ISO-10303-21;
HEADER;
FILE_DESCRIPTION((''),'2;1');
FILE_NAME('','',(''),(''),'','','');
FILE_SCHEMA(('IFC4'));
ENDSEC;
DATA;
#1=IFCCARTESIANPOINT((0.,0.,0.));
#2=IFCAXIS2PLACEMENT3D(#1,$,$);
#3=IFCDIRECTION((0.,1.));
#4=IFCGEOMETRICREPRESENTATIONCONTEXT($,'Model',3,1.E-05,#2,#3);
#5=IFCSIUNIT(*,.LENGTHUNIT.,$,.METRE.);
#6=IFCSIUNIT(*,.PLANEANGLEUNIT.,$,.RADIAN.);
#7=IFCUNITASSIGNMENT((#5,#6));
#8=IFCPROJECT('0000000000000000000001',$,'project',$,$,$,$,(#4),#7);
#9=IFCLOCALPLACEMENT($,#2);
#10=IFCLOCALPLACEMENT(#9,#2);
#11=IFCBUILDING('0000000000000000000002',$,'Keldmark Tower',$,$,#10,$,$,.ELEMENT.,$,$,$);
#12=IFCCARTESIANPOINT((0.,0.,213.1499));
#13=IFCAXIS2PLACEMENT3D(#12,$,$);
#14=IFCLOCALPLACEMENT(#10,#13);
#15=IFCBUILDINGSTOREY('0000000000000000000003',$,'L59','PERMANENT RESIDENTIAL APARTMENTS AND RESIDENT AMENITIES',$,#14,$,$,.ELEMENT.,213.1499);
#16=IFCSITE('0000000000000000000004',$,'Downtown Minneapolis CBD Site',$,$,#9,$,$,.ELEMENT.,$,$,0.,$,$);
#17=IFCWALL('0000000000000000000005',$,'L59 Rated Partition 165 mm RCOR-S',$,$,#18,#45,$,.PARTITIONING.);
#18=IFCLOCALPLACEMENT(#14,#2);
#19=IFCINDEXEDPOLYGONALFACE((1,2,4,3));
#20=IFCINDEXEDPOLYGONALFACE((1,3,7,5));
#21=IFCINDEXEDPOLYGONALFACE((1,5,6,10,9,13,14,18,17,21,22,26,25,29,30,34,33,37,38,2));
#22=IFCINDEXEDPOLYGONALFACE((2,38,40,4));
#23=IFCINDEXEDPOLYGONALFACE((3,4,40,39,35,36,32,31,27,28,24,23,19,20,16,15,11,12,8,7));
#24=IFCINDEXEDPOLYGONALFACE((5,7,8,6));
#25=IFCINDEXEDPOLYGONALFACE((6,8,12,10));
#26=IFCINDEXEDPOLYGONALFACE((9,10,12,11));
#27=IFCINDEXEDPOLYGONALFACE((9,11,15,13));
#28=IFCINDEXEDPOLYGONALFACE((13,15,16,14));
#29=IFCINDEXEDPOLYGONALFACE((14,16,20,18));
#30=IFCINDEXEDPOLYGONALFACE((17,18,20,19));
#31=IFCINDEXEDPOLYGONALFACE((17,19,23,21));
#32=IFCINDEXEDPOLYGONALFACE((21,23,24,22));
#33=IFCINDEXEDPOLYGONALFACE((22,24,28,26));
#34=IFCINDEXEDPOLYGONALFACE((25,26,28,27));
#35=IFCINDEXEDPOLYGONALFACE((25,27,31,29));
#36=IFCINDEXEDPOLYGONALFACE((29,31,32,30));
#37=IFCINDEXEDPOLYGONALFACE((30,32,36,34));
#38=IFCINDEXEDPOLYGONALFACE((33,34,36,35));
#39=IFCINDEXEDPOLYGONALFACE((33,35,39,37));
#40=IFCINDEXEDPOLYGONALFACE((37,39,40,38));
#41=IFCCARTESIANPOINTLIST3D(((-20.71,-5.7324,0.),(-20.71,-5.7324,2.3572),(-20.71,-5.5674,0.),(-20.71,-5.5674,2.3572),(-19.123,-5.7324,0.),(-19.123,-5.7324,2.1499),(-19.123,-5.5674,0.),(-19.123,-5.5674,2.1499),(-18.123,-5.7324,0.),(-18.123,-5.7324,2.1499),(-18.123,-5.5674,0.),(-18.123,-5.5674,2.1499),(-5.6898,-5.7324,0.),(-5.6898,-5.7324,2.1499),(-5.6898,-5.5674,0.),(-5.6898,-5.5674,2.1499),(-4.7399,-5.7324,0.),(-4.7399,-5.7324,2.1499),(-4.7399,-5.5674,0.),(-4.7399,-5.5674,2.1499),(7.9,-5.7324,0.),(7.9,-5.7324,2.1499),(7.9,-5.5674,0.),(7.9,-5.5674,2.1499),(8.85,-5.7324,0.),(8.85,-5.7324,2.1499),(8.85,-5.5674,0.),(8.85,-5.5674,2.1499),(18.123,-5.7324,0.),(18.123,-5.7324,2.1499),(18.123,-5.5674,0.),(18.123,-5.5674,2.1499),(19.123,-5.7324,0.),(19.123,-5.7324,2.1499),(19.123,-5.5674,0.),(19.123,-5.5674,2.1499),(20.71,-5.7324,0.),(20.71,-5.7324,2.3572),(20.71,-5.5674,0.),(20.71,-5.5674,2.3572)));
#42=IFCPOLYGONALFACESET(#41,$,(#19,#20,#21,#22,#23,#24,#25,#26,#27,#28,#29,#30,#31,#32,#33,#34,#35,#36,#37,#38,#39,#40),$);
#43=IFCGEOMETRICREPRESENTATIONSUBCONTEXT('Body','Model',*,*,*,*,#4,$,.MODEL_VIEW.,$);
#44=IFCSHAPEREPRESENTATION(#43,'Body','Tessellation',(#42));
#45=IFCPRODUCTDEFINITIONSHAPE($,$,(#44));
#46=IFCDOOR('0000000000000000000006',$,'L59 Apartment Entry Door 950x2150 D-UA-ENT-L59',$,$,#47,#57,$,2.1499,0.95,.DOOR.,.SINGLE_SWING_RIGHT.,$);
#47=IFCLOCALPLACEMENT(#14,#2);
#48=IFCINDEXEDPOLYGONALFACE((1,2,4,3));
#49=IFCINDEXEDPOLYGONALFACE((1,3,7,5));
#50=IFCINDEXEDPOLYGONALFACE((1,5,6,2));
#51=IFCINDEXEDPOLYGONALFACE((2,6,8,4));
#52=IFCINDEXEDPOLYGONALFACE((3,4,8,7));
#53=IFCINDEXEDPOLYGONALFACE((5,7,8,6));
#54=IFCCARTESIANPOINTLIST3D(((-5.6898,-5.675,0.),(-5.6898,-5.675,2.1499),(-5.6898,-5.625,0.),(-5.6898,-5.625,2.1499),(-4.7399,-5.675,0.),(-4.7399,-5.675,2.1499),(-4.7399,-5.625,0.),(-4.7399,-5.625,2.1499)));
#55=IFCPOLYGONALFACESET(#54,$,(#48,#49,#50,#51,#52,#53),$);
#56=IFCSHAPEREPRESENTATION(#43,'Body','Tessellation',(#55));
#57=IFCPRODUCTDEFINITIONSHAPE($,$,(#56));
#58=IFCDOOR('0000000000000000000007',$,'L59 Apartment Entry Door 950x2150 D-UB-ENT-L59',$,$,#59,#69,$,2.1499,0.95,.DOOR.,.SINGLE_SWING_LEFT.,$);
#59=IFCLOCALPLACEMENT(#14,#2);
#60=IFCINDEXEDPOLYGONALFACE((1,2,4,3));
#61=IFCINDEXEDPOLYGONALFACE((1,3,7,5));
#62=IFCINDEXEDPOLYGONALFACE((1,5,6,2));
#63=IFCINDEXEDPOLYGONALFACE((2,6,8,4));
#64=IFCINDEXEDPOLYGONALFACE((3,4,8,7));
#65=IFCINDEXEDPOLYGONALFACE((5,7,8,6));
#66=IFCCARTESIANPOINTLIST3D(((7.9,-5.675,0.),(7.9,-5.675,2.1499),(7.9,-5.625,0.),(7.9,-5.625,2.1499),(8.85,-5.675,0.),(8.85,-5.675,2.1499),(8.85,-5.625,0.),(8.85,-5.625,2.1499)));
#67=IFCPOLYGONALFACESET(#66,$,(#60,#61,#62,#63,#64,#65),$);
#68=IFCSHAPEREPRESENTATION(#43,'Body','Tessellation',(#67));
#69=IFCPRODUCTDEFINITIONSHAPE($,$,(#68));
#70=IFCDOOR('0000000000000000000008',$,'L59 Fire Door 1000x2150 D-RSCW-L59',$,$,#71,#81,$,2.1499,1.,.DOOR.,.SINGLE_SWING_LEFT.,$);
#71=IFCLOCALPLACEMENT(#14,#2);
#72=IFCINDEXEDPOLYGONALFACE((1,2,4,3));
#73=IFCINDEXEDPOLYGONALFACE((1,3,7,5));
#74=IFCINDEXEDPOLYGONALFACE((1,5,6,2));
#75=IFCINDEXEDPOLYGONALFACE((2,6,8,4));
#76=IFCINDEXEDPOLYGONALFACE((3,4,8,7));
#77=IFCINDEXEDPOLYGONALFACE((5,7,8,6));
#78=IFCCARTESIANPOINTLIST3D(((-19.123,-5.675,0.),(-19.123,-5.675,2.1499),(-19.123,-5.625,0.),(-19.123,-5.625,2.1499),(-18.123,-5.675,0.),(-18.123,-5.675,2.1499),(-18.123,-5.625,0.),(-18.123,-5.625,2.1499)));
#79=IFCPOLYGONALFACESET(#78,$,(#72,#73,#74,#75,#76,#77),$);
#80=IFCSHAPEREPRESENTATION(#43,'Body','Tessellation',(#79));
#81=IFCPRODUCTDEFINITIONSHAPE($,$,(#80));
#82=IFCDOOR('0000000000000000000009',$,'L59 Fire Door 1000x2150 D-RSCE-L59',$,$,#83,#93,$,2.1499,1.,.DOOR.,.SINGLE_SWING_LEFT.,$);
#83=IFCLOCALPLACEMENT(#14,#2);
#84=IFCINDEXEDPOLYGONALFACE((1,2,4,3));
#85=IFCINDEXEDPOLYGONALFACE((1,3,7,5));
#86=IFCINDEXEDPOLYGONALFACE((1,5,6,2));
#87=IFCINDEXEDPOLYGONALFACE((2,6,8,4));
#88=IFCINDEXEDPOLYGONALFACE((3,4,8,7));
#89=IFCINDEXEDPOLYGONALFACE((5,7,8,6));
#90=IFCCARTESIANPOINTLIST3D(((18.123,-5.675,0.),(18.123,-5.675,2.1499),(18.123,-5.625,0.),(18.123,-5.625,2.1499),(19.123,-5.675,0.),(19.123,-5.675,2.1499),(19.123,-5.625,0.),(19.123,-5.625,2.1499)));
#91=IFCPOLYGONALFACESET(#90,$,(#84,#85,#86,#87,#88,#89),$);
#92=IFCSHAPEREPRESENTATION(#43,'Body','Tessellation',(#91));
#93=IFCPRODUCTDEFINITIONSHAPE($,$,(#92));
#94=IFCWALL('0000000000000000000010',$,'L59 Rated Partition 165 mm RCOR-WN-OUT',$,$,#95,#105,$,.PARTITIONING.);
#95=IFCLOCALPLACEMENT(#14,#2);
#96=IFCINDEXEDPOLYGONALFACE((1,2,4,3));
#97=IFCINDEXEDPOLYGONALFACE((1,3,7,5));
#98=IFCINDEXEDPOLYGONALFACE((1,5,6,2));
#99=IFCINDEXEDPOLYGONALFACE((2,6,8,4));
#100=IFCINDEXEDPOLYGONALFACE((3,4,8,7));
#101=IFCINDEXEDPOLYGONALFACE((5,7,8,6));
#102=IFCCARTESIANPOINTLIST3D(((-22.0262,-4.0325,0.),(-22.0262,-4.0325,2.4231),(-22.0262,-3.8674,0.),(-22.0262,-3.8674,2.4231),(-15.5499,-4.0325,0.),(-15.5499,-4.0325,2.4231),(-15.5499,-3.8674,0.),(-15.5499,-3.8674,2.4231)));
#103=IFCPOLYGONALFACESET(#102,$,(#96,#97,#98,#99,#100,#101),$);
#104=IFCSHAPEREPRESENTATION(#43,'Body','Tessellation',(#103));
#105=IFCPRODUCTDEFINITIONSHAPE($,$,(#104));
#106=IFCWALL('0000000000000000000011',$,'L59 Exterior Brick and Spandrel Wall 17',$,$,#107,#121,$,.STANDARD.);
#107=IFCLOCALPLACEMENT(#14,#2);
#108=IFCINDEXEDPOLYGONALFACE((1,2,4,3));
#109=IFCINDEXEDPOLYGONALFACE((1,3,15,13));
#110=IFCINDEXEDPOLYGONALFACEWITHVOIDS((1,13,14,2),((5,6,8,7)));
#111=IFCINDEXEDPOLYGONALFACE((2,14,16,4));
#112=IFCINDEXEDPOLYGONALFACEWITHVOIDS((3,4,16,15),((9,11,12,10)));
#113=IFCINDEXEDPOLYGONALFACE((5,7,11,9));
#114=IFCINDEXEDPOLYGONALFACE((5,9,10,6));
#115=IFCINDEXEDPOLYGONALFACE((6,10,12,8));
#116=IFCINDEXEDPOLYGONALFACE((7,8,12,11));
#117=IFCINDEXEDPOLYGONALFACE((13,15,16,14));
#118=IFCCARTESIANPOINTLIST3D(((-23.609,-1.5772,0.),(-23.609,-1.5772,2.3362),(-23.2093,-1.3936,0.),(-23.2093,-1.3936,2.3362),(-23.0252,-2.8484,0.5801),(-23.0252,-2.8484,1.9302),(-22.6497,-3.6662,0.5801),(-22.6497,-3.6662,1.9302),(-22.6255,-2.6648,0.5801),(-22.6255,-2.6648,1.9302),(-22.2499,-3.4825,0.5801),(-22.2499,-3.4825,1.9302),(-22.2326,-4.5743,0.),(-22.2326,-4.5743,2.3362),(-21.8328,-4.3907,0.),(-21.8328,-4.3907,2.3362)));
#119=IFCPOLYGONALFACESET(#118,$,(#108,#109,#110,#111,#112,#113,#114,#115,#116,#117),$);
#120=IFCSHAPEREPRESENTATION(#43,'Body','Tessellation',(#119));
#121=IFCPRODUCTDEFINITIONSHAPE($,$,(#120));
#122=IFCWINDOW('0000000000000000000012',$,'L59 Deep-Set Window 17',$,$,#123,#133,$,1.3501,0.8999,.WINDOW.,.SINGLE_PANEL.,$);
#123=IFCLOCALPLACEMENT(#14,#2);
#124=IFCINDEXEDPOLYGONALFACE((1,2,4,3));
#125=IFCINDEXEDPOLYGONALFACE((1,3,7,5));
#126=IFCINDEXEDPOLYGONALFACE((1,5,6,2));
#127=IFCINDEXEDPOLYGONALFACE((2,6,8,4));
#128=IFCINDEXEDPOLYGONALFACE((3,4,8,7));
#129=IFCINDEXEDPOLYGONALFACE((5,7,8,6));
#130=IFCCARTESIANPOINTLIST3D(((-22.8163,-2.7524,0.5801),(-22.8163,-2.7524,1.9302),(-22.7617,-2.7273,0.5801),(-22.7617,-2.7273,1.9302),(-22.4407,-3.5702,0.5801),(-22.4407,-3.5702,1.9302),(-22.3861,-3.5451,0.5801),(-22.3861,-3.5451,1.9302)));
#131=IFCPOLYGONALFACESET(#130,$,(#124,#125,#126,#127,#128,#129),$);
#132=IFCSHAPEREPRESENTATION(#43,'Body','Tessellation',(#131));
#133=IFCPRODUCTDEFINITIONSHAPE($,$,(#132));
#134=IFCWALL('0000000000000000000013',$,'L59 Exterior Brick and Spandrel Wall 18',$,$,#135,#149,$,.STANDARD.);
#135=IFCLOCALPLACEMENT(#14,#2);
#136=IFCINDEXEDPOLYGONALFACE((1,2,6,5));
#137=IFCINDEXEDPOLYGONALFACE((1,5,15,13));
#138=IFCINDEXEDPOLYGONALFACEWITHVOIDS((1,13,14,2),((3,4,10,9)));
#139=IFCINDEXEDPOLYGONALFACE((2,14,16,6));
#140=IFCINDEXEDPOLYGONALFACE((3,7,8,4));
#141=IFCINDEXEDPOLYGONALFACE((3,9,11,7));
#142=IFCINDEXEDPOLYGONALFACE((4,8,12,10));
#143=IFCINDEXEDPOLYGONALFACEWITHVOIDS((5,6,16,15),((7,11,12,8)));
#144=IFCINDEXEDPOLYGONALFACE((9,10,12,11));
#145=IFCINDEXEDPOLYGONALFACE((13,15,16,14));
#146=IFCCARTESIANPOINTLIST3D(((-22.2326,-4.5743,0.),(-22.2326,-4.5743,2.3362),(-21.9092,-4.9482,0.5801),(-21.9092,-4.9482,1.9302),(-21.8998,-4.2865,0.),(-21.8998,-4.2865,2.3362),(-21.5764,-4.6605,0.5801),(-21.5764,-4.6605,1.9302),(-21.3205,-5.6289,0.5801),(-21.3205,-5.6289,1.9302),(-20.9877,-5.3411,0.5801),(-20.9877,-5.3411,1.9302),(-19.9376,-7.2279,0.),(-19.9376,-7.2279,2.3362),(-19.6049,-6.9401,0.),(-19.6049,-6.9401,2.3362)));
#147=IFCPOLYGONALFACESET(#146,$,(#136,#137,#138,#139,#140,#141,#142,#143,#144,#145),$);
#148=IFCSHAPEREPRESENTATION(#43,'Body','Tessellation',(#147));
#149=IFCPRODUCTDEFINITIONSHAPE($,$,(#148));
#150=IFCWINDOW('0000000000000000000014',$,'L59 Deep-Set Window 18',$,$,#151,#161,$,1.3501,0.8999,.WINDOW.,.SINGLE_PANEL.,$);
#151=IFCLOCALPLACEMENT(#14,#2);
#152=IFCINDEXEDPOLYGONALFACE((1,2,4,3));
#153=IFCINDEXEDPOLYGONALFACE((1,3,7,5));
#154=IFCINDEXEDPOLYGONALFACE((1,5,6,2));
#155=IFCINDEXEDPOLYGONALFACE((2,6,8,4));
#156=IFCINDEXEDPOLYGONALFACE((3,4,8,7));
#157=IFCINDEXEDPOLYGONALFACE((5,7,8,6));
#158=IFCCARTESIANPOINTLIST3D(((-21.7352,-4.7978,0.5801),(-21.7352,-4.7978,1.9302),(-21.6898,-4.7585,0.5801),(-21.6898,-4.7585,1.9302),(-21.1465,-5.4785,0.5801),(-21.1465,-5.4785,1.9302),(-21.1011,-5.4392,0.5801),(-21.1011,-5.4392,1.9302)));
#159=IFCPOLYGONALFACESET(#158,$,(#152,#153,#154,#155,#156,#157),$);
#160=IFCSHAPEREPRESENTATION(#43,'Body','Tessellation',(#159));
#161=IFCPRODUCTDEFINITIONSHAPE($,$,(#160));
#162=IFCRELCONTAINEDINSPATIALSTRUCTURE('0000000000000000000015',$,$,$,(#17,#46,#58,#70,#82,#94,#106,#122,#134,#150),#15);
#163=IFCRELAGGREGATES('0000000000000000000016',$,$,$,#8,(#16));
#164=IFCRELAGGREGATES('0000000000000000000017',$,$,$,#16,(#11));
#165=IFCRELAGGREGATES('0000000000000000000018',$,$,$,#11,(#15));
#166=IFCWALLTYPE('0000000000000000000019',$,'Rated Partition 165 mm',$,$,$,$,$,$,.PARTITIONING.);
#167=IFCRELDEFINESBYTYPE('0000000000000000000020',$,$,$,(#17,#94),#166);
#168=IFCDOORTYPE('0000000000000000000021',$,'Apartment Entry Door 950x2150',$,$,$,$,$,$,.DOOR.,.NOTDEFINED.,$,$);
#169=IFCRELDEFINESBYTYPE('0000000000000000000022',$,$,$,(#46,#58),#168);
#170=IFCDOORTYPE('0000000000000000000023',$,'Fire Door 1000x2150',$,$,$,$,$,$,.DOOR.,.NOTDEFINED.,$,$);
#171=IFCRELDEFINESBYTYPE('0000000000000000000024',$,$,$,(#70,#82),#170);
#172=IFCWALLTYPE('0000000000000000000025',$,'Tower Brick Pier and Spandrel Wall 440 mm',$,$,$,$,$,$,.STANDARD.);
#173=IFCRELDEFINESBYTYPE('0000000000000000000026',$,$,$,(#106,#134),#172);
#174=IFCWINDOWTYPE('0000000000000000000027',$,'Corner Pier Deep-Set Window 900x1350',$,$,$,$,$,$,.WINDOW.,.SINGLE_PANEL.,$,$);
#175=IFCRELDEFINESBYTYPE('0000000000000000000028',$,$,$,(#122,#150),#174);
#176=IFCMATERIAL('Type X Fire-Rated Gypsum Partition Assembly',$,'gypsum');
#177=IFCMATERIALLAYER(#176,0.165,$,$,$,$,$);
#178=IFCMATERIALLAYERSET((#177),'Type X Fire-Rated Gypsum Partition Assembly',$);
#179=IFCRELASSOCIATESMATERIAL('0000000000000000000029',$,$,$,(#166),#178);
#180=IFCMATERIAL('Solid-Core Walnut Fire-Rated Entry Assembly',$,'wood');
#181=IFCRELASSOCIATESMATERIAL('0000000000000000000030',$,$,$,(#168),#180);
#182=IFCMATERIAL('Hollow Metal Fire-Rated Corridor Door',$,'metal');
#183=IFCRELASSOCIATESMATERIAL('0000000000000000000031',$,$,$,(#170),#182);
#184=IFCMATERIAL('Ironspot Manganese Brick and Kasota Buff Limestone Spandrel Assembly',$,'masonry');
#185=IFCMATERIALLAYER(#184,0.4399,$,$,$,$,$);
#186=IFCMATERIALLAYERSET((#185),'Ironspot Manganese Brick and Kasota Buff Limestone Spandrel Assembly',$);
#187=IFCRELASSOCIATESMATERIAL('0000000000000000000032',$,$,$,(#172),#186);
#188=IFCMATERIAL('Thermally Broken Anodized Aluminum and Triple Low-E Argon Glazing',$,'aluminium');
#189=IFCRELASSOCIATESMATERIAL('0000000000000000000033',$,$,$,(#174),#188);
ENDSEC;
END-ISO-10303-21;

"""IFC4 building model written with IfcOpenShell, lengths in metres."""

from ifc_helpers import new_model, si_unit, direction, frame, frame_2d, origin, place, context, subcontext, project, spatial, rectangle, extrude, material, layer, layer_set, type_object, element, fill, save


model = new_model("IFC4")

# Units and contexts
model_context = context("Model", 3, precision=1e-05, world=origin(), true_north=direction((0.0, 1.0)))
body_context = subcontext(model_context, "Body", "Model", "MODEL_VIEW")
ifc_project = project(units=[si_unit("LENGTHUNIT", "METRE"), si_unit("PLANEANGLEUNIT", "RADIAN")], contexts=[model_context])

# Site, building, storey
site_placement = place(None, origin())
site = spatial("IfcSite", under=ifc_project, at=site_placement, Name="Downtown Minneapolis CBD Site", CompositionType="ELEMENT", RefElevation=0.0)
building_placement = place(site_placement, origin())
building = spatial("IfcBuilding", under=site, at=building_placement, Name="Keldmark Tower", CompositionType="ELEMENT")
storey_placement = place(building_placement, frame((0.0, 0.0, 213.1499)))
storey = spatial("IfcBuildingStorey", under=building, at=storey_placement, Name="L59", Description="PERMANENT RESIDENTIAL APARTMENTS AND RESIDENT AMENITIES", CompositionType="ELEMENT", Elevation=213.1499)

# Wall, openings, doors
ifc_material_1 = material(Name="Type X Fire-Rated Gypsum Partition Assembly", Category="gypsum")
ifc_layer_1 = layer(ifc_material_1, 0.165)
ifc_layer_set_1 = layer_set([ifc_layer_1], Name="Type X Fire-Rated Gypsum Partition Assembly")
wall_type_1 = type_object("IfcWallType", Name="Rated Partition 165 mm", PredefinedType="PARTITIONING", material=ifc_layer_set_1)
wall_1_placement = place(storey_placement, frame((-20.71, -5.6499, 0.0), z_axis=(0.0, 0.0, 1.0), x_axis=(1.0, 0.0, 0.0)))
wall_1 = element("IfcWall", 1, at=wall_1_placement, inside=storey, type_object=wall_type_1, Name="L59 Rated Partition 165 mm RCOR-S", PredefinedType="PARTITIONING", context=body_context, shape_type="SweptSolid", body=[
    extrude(rectangle(XDim=41.4199, YDim=0.165, at=frame_2d((20.71, 0.0))), origin(), (0.0, 0.0, 1.0), 2.3572),
])
opening_1_placement = place(wall_1_placement, frame((1.5869, 0.0, 0.0)))
opening_1 = element("IfcOpeningElement", 2, at=opening_1_placement, cuts=wall_1, PredefinedType="OPENING", context=body_context, shape_type="SweptSolid", body=[
    extrude(rectangle(XDim=1.0, YDim=2.1499, at=frame_2d((0.5, 1.075))), frame((0.0, 0.0925, 0.0), z_axis=(0.0, -1.0, 0.0), x_axis=(1.0, 0.0, 0.0)), (0.0, 0.0, 1.0), 0.1851),
])
opening_2_placement = place(wall_1_placement, frame((38.833, 0.0, 0.0)))
opening_2 = element("IfcOpeningElement", 3, at=opening_2_placement, cuts=wall_1, PredefinedType="OPENING", context=body_context, shape_type="SweptSolid", body=[
    extrude(rectangle(XDim=1.0, YDim=2.1499, at=frame_2d((0.5, 1.075))), frame((0.0, 0.0925, 0.0), z_axis=(0.0, -1.0, 0.0), x_axis=(1.0, 0.0, 0.0)), (0.0, 0.0, 1.0), 0.1851),
])
opening_3_placement = place(wall_1_placement, frame((15.02, 0.0, 0.0)))
opening_3 = element("IfcOpeningElement", 4, at=opening_3_placement, cuts=wall_1, PredefinedType="OPENING", context=body_context, shape_type="SweptSolid", body=[
    extrude(rectangle(XDim=0.95, YDim=2.1499, at=frame_2d((0.4751, 1.075))), frame((0.0, 0.0925, 0.0), z_axis=(0.0, -1.0, 0.0), x_axis=(1.0, 0.0, 0.0)), (0.0, 0.0, 1.0), 0.1851),
])
opening_4_placement = place(wall_1_placement, frame((28.6099, 0.0, 0.0)))
opening_4 = element("IfcOpeningElement", 5, at=opening_4_placement, cuts=wall_1, PredefinedType="OPENING", context=body_context, shape_type="SweptSolid", body=[
    extrude(rectangle(XDim=0.95, YDim=2.1499, at=frame_2d((0.4751, 1.075))), frame((0.0, 0.0925, 0.0), z_axis=(0.0, -1.0, 0.0), x_axis=(1.0, 0.0, 0.0)), (0.0, 0.0, 1.0), 0.1851),
])
ifc_material_2 = material(Name="Solid-Core Walnut Fire-Rated Entry Assembly", Category="wood")
door_type_1 = type_object("IfcDoorType", Name="Apartment Entry Door 950x2150", OperationType="NOTDEFINED", PredefinedType="DOOR", material=ifc_material_2)
door_1_placement = place(opening_3_placement, origin())
door_1 = element("IfcDoor", 6, at=door_1_placement, inside=storey, type_object=door_type_1, Name="L59 Apartment Entry Door 950x2150 D-UA-ENT-L59", OperationType="SINGLE_SWING_RIGHT", OverallHeight=2.1499, OverallWidth=0.95, PredefinedType="DOOR", context=body_context, shape_type="SweptSolid", body=[
    extrude(rectangle(XDim=0.95, YDim=2.1499, at=frame_2d((0.4751, 1.075))), frame((0.0, 0.0249, 0.0), z_axis=(0.0, -1.0, 0.0), x_axis=(1.0, 0.0, 0.0)), (0.0, 0.0, 1.0), 0.05),
])
fill(opening_3, door_1)
door_2_placement = place(opening_4_placement, origin())
door_2 = element("IfcDoor", 7, at=door_2_placement, inside=storey, type_object=door_type_1, Name="L59 Apartment Entry Door 950x2150 D-UB-ENT-L59", OperationType="SINGLE_SWING_LEFT", OverallHeight=2.1499, OverallWidth=0.95, PredefinedType="DOOR", context=body_context, shape_type="SweptSolid", body=[
    extrude(rectangle(XDim=0.95, YDim=2.1499, at=frame_2d((0.4751, 1.075))), frame((0.0, 0.0249, 0.0), z_axis=(0.0, -1.0, 0.0), x_axis=(1.0, 0.0, 0.0)), (0.0, 0.0, 1.0), 0.05),
])
fill(opening_4, door_2)
ifc_material_3 = material(Name="Hollow Metal Fire-Rated Corridor Door", Category="metal")
door_type_2 = type_object("IfcDoorType", Name="Fire Door 1000x2150", OperationType="NOTDEFINED", PredefinedType="DOOR", material=ifc_material_3)
door_3_placement = place(opening_1_placement, origin())
door_3 = element("IfcDoor", 8, at=door_3_placement, inside=storey, type_object=door_type_2, Name="L59 Fire Door 1000x2150 D-RSCW-L59", OperationType="SINGLE_SWING_LEFT", OverallHeight=2.1499, OverallWidth=1.0, PredefinedType="DOOR", context=body_context, shape_type="SweptSolid", body=[
    extrude(rectangle(XDim=1.0, YDim=2.1499, at=frame_2d((0.5, 1.075))), frame((0.0, 0.0249, 0.0), z_axis=(0.0, -1.0, 0.0), x_axis=(1.0, 0.0, 0.0)), (0.0, 0.0, 1.0), 0.05),
])
fill(opening_1, door_3)
door_4_placement = place(opening_2_placement, origin())
door_4 = element("IfcDoor", 9, at=door_4_placement, inside=storey, type_object=door_type_2, Name="L59 Fire Door 1000x2150 D-RSCE-L59", OperationType="SINGLE_SWING_LEFT", OverallHeight=2.1499, OverallWidth=1.0, PredefinedType="DOOR", context=body_context, shape_type="SweptSolid", body=[
    extrude(rectangle(XDim=1.0, YDim=2.1499, at=frame_2d((0.5, 1.075))), frame((0.0, 0.0249, 0.0), z_axis=(0.0, -1.0, 0.0), x_axis=(1.0, 0.0, 0.0)), (0.0, 0.0, 1.0), 0.05),
])
fill(opening_2, door_4)

# Wall
wall_2_placement = place(storey_placement, frame((-22.0264, -3.95, 0.0), z_axis=(0.0, 0.0, 1.0), x_axis=(1.0, 0.0, 0.0)))
element("IfcWall", 10, at=wall_2_placement, inside=storey, type_object=wall_type_1, Name="L59 Rated Partition 165 mm RCOR-WN-OUT", PredefinedType="PARTITIONING", context=body_context, shape_type="SweptSolid", body=[
    extrude(rectangle(XDim=6.4763, YDim=0.165, at=frame_2d((3.2383, 0.0))), origin(), (0.0, 0.0, 1.0), 2.4231),
])

# Walls, openings, windows
ifc_material_4 = material(Name="Ironspot Manganese Brick and Kasota Buff Limestone Spandrel Assembly", Category="masonry")
ifc_layer_2 = layer(ifc_material_4, 0.4399)
ifc_layer_set_2 = layer_set([ifc_layer_2], Name="Ironspot Manganese Brick and Kasota Buff Limestone Spandrel Assembly")
wall_type_2 = type_object("IfcWallType", Name="Tower Brick Pier and Spandrel Wall 440 mm", PredefinedType="STANDARD", material=ifc_layer_set_2)
wall_3_placement = place(storey_placement, frame((-22.0327, -4.4824, 0.0), z_axis=(0.0, 0.0, 1.0), x_axis=(-0.417358, 0.908742, 0.0)))
wall_3 = element("IfcWall", 11, at=wall_3_placement, inside=storey, type_object=wall_type_2, Name="L59 Exterior Brick and Spandrel Wall 17", PredefinedType="STANDARD", context=body_context, shape_type="SweptSolid", body=[
    extrude(rectangle(XDim=3.2981, YDim=0.4399, at=frame_2d((1.6489, 0.0))), origin(), (0.0, 0.0, 1.0), 2.3362),
])
opening_5_placement = place(wall_3_placement, frame((0.9993, 0.0, 0.5801)))
opening_5 = element("IfcOpeningElement", 12, at=opening_5_placement, cuts=wall_3, PredefinedType="OPENING", context=body_context, shape_type="SweptSolid", body=[
    extrude(rectangle(XDim=0.8999, YDim=1.3501, at=frame_2d((0.45, 0.675))), frame((0.0, 0.23, 0.0), z_axis=(0.0, -1.0, 0.0), x_axis=(1.0, 0.0, 0.0)), (0.0, 0.0, 1.0), 0.46),
])
ifc_material_5 = material(Name="Thermally Broken Anodized Aluminum and Triple Low-E Argon Glazing", Category="aluminium")
window_type = type_object("IfcWindowType", Name="Corner Pier Deep-Set Window 900x1350", PartitioningType="SINGLE_PANEL", PredefinedType="WINDOW", material=ifc_material_5)
window_1_placement = place(opening_5_placement, origin())
window_1 = element("IfcWindow", 13, at=window_1_placement, inside=storey, type_object=window_type, Name="L59 Deep-Set Window 17", OverallHeight=1.3501, OverallWidth=0.8999, PartitioningType="SINGLE_PANEL", PredefinedType="WINDOW", context=body_context, shape_type="SweptSolid", body=[
    extrude(rectangle(XDim=0.8999, YDim=1.3501, at=frame_2d((0.45, 0.675))), frame((0.0, -0.01, 0.0), z_axis=(0.0, -1.0, 0.0), x_axis=(1.0, 0.0, 0.0)), (0.0, 0.0, 1.0), 0.0601),
])
fill(opening_5, window_1)
wall_4_placement = place(storey_placement, frame((-19.7712, -7.084, 0.0), z_axis=(0.0, 0.0, 1.0), x_axis=(-0.654143, 0.756371, 0.0)))
wall_4 = element("IfcWall", 14, at=wall_4_placement, inside=storey, type_object=wall_type_2, Name="L59 Exterior Brick and Spandrel Wall 18", PredefinedType="STANDARD", context=body_context, shape_type="SweptSolid", body=[
    extrude(rectangle(XDim=3.5083, YDim=0.4399, at=frame_2d((1.7542, 0.0))), origin(), (0.0, 0.0, 1.0), 2.3362),
])
opening_6_placement = place(wall_4_placement, frame((2.114, 0.0, 0.5801)))
opening_6 = element("IfcOpeningElement", 15, at=opening_6_placement, cuts=wall_4, PredefinedType="OPENING", context=body_context, shape_type="SweptSolid", body=[
    extrude(rectangle(XDim=0.8999, YDim=1.3501, at=frame_2d((0.45, 0.675))), frame((0.0, 0.23, 0.0), z_axis=(0.0, -1.0, 0.0), x_axis=(1.0, 0.0, 0.0)), (0.0, 0.0, 1.0), 0.46),
])
window_2_placement = place(opening_6_placement, origin())
window_2 = element("IfcWindow", 16, at=window_2_placement, inside=storey, type_object=window_type, Name="L59 Deep-Set Window 18", OverallHeight=1.3501, OverallWidth=0.8999, PartitioningType="SINGLE_PANEL", PredefinedType="WINDOW", context=body_context, shape_type="SweptSolid", body=[
    extrude(rectangle(XDim=0.8999, YDim=1.3501, at=frame_2d((0.45, 0.675))), frame((0.0, -0.01, 0.0), z_axis=(0.0, -1.0, 0.0), x_axis=(1.0, 0.0, 0.0)), (0.0, 0.0, 1.0), 0.0601),
])
fill(opening_6, window_2)

save(model, "model.ifc")
